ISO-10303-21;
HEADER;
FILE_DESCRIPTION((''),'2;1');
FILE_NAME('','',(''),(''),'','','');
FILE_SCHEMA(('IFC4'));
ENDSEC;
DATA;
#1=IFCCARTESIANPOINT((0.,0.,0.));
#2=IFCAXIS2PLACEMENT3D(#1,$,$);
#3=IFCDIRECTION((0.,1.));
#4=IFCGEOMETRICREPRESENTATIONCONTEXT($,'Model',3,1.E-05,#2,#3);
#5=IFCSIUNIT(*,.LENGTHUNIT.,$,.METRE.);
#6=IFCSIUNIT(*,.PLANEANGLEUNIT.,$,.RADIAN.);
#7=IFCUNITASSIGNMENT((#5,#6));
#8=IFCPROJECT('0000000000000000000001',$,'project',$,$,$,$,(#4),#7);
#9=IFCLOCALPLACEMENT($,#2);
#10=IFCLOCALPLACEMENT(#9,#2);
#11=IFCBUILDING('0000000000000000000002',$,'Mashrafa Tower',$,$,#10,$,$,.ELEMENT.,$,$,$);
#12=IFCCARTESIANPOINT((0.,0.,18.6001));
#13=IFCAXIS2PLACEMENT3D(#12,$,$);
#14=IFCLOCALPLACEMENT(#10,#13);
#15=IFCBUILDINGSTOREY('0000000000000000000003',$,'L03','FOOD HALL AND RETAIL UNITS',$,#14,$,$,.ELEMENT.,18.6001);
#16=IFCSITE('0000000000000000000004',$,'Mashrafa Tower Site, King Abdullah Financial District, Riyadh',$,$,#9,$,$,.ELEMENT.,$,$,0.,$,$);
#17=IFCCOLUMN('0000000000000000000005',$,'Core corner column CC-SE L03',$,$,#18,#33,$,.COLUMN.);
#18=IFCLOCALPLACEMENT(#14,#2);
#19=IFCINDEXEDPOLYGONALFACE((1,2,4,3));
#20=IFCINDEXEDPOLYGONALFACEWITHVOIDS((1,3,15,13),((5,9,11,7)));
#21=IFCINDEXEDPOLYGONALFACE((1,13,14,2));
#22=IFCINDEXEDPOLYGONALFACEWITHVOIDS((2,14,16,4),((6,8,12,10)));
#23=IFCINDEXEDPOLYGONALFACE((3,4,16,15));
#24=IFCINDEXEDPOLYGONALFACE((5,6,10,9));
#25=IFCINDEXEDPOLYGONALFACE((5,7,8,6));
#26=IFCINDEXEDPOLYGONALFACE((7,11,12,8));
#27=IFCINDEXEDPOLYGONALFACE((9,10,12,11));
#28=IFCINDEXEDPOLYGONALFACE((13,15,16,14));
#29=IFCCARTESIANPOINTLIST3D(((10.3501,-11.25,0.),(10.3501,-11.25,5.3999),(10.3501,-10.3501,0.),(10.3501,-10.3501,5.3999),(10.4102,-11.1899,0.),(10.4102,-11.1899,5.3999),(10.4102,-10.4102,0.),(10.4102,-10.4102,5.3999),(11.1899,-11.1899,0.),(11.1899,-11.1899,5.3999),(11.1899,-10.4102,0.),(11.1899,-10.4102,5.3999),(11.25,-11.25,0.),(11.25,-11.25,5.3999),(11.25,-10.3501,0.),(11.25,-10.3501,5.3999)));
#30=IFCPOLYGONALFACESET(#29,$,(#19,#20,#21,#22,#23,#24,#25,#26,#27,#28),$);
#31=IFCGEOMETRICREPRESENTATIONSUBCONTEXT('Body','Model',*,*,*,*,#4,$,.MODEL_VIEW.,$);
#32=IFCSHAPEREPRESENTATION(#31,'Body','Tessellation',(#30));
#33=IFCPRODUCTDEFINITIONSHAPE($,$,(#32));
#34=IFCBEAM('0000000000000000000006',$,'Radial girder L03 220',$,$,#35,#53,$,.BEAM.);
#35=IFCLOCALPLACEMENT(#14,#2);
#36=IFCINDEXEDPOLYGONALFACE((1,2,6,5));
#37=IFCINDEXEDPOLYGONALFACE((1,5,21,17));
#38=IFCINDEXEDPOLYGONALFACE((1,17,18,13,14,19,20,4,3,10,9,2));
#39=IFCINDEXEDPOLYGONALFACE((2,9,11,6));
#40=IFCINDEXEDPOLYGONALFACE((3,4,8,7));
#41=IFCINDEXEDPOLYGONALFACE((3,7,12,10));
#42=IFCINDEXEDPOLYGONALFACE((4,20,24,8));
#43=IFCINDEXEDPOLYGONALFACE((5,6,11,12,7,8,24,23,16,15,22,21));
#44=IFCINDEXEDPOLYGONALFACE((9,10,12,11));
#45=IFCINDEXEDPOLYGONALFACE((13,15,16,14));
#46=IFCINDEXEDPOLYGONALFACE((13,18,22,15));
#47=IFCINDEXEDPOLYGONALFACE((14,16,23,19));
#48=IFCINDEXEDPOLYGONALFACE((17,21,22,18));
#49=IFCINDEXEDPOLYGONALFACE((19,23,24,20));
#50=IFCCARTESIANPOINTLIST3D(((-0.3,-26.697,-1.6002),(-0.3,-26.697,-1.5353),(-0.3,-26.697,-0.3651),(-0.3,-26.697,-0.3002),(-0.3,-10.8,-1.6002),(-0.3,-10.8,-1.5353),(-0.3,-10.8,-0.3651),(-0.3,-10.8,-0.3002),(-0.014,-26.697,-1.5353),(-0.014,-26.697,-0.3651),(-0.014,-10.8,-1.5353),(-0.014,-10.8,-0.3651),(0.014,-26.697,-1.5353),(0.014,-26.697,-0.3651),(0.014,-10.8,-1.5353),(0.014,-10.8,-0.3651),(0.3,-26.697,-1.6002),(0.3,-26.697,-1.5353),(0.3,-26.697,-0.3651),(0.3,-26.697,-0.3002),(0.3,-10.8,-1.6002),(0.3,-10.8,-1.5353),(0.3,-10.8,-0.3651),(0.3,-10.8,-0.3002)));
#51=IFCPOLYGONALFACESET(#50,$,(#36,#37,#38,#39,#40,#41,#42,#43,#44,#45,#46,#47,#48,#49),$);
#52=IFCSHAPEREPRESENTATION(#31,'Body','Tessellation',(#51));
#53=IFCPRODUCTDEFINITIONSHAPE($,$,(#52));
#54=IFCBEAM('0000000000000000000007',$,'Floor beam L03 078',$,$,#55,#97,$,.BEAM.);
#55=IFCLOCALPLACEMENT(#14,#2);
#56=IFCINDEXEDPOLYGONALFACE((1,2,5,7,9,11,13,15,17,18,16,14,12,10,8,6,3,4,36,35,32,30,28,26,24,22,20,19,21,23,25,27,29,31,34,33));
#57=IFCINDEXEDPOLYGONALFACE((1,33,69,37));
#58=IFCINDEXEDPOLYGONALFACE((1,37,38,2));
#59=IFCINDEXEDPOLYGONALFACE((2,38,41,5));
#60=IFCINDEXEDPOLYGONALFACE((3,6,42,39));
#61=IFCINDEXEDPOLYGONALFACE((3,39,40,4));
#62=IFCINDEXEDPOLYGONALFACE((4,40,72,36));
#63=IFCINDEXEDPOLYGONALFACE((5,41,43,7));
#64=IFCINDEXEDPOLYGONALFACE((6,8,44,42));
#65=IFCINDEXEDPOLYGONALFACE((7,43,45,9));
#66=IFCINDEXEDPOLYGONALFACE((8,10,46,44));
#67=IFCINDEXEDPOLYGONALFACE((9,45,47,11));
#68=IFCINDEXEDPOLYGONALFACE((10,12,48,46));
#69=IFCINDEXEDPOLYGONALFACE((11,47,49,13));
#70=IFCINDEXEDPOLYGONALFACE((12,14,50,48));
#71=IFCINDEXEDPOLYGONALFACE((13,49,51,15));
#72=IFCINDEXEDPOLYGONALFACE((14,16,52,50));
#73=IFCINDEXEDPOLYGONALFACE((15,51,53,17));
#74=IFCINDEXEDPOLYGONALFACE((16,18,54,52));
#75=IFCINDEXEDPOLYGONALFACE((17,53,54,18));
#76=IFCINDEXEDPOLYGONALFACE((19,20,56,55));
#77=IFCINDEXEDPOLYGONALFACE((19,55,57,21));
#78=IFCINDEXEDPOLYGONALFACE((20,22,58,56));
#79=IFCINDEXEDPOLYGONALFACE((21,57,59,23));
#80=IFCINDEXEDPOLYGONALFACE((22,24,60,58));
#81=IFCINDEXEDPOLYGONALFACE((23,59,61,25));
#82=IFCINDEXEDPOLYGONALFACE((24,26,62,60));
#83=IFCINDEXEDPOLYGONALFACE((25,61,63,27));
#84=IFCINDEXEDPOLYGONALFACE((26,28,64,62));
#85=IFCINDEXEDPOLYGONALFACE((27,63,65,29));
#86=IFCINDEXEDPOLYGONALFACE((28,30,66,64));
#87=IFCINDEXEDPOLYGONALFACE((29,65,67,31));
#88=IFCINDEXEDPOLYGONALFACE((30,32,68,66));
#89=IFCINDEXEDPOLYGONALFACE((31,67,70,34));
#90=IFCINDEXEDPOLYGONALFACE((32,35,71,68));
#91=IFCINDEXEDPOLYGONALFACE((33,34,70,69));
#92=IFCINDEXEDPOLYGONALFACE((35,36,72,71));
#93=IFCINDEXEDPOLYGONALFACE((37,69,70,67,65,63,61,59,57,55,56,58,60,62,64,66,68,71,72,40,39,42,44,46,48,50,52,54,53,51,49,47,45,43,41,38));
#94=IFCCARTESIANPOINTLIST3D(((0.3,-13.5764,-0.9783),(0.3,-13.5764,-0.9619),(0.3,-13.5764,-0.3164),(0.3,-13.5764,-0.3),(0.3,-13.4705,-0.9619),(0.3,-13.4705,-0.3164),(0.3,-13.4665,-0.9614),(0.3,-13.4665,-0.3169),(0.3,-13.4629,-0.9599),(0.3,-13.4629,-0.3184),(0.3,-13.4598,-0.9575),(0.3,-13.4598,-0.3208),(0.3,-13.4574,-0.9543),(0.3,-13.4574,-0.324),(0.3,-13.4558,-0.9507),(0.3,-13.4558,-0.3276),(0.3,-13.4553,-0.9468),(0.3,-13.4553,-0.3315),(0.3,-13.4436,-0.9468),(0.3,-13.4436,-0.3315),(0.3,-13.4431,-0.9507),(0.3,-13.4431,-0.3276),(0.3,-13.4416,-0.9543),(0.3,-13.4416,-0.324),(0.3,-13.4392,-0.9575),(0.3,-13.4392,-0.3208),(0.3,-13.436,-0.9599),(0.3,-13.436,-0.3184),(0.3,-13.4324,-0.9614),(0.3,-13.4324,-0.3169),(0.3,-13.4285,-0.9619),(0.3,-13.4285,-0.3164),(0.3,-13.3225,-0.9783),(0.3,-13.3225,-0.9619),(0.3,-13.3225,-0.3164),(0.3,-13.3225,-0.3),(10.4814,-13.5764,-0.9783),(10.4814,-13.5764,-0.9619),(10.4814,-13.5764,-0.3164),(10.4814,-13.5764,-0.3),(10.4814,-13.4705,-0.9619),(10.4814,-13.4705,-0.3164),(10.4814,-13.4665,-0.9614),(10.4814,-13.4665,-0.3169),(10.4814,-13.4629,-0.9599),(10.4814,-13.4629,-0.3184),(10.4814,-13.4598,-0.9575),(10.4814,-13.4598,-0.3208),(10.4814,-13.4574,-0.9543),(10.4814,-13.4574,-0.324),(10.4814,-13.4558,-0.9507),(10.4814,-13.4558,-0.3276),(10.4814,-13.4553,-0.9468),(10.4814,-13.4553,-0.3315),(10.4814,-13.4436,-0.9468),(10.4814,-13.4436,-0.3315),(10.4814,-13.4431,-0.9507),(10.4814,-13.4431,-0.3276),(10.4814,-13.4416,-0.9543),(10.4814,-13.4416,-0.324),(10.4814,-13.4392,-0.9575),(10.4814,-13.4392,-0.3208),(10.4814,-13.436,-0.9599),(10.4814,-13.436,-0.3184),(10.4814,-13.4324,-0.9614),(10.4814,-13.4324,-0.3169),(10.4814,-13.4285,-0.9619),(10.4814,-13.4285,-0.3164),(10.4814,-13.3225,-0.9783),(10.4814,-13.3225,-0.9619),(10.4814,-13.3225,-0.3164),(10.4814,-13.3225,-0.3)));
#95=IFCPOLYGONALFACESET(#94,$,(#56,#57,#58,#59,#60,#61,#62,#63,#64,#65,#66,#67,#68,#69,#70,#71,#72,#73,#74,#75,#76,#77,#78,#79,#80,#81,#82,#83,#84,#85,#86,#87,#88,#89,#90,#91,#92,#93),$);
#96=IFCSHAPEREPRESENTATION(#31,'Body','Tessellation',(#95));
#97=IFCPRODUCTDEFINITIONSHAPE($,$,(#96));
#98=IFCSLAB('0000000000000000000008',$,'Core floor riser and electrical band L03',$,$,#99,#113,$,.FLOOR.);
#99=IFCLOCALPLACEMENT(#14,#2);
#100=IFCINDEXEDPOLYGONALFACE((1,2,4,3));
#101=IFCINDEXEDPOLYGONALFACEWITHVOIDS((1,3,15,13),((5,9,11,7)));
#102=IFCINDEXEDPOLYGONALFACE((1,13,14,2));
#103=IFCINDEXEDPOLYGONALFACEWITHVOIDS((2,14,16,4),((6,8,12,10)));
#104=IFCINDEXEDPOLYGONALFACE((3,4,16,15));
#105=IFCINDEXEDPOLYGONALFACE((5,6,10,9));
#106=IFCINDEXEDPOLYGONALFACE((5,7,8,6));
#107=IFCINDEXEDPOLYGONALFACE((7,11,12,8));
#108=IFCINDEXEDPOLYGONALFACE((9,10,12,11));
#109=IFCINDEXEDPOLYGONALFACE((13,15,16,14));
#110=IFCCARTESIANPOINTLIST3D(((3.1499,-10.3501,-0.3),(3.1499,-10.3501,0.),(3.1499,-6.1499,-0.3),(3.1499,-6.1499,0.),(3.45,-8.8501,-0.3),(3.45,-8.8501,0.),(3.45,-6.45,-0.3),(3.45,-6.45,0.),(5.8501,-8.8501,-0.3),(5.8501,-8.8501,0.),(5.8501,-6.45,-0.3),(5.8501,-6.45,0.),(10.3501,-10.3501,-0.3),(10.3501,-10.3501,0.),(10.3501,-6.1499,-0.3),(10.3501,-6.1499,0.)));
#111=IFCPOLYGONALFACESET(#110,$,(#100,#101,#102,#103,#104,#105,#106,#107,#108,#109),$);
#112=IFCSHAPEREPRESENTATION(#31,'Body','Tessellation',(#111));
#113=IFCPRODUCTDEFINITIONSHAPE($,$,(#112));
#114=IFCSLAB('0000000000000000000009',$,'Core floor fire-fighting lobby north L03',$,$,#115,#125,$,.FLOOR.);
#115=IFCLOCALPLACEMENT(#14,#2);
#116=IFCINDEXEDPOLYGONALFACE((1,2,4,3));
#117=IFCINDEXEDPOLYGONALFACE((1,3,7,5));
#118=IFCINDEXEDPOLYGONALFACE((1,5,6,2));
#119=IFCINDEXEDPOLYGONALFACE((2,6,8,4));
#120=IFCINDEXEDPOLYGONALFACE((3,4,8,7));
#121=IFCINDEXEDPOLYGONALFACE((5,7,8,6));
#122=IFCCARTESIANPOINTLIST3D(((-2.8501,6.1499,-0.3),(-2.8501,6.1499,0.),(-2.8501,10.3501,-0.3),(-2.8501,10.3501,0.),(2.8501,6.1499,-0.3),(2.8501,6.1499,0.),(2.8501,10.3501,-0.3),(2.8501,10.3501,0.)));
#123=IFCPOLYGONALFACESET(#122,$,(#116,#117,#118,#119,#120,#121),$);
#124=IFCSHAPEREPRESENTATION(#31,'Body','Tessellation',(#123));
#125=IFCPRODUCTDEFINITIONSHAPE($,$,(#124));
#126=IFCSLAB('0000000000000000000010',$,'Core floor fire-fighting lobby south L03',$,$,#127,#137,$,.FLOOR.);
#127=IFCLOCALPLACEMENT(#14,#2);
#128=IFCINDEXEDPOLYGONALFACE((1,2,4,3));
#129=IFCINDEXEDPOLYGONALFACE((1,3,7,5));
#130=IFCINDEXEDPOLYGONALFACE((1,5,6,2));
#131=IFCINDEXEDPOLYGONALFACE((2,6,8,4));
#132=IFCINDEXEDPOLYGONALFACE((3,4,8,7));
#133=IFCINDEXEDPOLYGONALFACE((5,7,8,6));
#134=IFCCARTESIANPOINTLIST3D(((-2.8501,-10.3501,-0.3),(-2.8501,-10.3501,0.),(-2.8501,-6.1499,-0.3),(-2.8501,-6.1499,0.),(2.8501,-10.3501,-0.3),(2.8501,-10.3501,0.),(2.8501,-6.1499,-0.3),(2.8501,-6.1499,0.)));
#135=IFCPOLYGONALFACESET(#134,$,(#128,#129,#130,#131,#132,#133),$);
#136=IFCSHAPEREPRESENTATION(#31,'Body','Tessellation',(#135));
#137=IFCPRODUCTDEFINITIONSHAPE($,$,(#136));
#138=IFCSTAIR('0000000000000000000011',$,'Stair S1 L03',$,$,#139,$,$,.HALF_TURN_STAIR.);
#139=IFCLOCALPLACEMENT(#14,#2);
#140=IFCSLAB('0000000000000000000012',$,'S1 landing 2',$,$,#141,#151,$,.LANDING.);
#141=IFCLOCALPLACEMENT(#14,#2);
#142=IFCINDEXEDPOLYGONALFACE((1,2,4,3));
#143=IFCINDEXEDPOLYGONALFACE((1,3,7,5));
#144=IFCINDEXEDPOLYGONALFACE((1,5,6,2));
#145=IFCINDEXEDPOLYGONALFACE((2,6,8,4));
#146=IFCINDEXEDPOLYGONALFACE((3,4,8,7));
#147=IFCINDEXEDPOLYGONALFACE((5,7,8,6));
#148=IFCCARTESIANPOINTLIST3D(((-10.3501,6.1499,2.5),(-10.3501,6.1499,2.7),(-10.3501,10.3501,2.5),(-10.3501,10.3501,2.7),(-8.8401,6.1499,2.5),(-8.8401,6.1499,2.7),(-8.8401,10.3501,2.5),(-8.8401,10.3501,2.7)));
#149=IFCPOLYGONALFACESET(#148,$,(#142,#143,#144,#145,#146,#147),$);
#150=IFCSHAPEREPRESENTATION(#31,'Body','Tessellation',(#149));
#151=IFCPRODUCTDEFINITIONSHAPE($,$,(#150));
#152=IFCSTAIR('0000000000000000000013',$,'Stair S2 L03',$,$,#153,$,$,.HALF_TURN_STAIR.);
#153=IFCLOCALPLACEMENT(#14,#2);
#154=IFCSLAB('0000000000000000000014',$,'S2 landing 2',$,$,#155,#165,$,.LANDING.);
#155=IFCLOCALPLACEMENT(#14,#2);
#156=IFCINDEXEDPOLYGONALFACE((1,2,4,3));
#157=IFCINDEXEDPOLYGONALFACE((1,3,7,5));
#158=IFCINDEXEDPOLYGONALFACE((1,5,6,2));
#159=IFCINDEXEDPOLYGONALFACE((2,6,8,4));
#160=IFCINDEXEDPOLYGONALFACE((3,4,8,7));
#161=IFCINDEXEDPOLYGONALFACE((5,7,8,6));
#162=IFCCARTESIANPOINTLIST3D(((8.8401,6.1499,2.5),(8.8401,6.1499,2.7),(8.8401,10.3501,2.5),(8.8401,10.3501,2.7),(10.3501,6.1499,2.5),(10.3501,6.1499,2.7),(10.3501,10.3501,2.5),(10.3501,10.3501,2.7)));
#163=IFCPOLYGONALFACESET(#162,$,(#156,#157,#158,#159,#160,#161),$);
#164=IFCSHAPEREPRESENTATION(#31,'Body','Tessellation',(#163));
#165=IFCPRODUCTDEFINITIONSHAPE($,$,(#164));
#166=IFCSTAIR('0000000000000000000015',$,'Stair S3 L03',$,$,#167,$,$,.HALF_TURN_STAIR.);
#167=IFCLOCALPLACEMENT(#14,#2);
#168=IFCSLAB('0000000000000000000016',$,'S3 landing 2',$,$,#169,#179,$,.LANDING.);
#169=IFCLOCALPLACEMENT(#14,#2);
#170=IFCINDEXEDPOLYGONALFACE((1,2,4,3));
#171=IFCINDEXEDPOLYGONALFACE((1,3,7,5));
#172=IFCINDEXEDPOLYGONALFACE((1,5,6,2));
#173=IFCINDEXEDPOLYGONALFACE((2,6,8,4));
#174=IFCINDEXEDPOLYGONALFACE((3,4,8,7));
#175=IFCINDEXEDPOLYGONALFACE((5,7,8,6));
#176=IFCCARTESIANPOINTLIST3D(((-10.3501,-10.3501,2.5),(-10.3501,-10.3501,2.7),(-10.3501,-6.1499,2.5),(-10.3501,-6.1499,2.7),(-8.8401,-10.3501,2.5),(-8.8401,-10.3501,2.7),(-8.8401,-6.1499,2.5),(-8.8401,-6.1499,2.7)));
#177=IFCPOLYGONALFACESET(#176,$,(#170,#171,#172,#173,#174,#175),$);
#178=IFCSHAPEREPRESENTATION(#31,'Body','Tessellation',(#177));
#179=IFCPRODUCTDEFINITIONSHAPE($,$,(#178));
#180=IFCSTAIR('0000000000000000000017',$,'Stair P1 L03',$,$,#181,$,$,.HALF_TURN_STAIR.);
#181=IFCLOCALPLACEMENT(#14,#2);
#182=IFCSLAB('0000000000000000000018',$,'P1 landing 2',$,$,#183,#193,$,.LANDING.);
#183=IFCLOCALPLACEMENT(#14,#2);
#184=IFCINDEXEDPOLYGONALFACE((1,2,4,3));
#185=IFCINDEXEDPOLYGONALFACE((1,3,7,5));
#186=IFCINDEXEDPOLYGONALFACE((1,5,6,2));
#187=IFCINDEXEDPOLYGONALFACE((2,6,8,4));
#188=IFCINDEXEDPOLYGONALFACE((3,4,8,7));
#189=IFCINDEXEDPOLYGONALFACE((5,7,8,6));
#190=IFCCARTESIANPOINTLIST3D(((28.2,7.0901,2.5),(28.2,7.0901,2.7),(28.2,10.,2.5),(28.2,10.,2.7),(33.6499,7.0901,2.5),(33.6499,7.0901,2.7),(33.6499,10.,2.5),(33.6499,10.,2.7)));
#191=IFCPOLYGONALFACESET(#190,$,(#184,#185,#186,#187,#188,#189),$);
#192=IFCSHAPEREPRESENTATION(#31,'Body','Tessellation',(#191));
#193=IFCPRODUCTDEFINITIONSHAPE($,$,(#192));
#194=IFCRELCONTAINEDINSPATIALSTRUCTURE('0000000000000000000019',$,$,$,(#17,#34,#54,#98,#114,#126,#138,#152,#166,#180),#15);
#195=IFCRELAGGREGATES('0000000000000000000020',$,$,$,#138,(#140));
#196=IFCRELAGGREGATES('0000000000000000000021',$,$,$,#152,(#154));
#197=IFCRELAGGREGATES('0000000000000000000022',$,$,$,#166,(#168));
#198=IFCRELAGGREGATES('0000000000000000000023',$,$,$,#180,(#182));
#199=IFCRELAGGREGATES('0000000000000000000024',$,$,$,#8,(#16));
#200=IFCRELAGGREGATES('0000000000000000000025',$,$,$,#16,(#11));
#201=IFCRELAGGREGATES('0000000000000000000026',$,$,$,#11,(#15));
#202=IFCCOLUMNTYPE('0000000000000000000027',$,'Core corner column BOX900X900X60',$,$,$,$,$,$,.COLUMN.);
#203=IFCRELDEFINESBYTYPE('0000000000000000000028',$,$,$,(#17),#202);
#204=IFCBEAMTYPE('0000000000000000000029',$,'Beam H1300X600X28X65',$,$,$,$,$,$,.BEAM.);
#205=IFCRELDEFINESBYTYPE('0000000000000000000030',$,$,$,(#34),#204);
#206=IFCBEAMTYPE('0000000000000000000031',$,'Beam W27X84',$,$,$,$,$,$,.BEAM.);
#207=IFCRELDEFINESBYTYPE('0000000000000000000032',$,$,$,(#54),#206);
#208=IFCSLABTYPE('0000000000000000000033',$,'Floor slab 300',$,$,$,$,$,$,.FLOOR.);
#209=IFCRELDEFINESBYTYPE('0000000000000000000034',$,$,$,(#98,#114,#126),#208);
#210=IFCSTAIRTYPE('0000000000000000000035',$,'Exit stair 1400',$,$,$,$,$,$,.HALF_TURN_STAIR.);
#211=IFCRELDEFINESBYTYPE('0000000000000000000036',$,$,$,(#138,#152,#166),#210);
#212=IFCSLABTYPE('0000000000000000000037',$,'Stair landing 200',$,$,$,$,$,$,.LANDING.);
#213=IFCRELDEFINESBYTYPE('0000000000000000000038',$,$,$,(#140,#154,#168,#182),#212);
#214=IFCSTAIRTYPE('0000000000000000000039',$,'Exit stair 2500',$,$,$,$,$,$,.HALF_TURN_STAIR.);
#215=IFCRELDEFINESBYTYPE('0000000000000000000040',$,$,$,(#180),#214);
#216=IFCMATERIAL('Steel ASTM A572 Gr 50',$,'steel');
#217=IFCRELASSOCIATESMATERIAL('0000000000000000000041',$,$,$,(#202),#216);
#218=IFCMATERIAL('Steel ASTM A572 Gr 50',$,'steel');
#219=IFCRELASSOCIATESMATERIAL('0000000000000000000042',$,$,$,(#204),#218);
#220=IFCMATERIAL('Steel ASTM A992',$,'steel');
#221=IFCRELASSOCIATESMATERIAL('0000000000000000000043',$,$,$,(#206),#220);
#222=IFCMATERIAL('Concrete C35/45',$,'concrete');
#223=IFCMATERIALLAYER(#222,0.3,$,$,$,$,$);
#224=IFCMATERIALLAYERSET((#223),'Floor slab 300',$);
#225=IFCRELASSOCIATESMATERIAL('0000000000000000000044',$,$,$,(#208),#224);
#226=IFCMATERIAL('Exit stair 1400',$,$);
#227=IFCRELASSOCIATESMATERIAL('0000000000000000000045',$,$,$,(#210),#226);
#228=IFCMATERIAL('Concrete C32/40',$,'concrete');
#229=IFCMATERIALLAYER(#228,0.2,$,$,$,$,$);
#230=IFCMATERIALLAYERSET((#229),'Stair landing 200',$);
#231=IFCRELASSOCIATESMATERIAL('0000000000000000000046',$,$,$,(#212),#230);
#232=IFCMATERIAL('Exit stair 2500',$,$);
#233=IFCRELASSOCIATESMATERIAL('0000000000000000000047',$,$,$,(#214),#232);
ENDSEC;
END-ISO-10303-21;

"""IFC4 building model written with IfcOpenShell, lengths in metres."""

from ifc_helpers import new_model, si_unit, direction, frame, origin, origin_2d, place, context, subcontext, project, spatial, polyline, hollow_rectangle, i_section, outline, extrude, material, layer, layer_set, material_profile, profile_set, type_object, element, aggregate, save


model = new_model("IFC4")

# Units and contexts
model_context = context("Model", 3, precision=1e-05, world=origin(), true_north=direction((0.0, 1.0)))
body_context = subcontext(model_context, "Body", "Model", "MODEL_VIEW")
ifc_project = project(units=[si_unit("LENGTHUNIT", "METRE"), si_unit("PLANEANGLEUNIT", "RADIAN")], contexts=[model_context])

# Site, building, storey
site_placement = place(None, origin())
site = spatial("IfcSite", under=ifc_project, at=site_placement, Name="Mashrafa Tower Site, King Abdullah Financial District, Riyadh", CompositionType="ELEMENT", RefElevation=0.0)
building_placement = place(site_placement, origin())
building = spatial("IfcBuilding", under=site, at=building_placement, Name="Mashrafa Tower", CompositionType="ELEMENT")
storey_placement = place(building_placement, frame((0.0, 0.0, 18.6001)))
storey = spatial("IfcBuildingStorey", under=building, at=storey_placement, Name="L03", Description="FOOD HALL AND RETAIL UNITS", CompositionType="ELEMENT", Elevation=18.6001)

# Column
ifc_material_1 = material(Name="Steel ASTM A572 Gr 50", Category="steel")
ifc_material_profile_1 = material_profile(ifc_material_1, hollow_rectangle(XDim=0.8999, YDim=0.8999, WallThickness=0.0601, at=origin_2d()), Name="BOX900X900X60")
ifc_profile_set_1 = profile_set([ifc_material_profile_1], Name="Steel ASTM A572 Gr 50")
column_type = type_object("IfcColumnType", Name="Core corner column BOX900X900X60", PredefinedType="COLUMN", material=ifc_profile_set_1)
column_placement = place(storey_placement, frame((10.8, -10.8, 0.0), z_axis=(0.0, 0.0, 1.0), x_axis=(1.0, 0.0, 0.0)))
element("IfcColumn", 1, at=column_placement, inside=storey, type_object=column_type, Name="Core corner column CC-SE L03", PredefinedType="COLUMN", context=body_context, shape_type="SweptSolid", body=[
    extrude(hollow_rectangle(XDim=0.8999, YDim=0.8999, WallThickness=0.0601, at=origin_2d()), origin(), (0.0, 0.0, 1.0), 5.3999),
])

# Beams
ifc_material_2 = material(Name="Steel ASTM A572 Gr 50", Category="steel")
ifc_material_profile_2 = material_profile(ifc_material_2, i_section(OverallWidth=0.6001, OverallDepth=1.3, WebThickness=0.0281, FlangeThickness=0.0649, at=origin_2d()), Name="H1300X600X28X65")
ifc_profile_set_2 = profile_set([ifc_material_profile_2], Name="Steel ASTM A572 Gr 50")
beam_type_1 = type_object("IfcBeamType", Name="Beam H1300X600X28X65", PredefinedType="BEAM", material=ifc_profile_set_2)
beam_1_placement = place(storey_placement, frame((0.0, -10.8, -0.9502), z_axis=(0.0, -1.0, 0.0), x_axis=(1.0, 0.0, 0.0)))
element("IfcBeam", 2, at=beam_1_placement, inside=storey, type_object=beam_type_1, Name="Radial girder L03 220", PredefinedType="BEAM", context=body_context, shape_type="SweptSolid", body=[
    extrude(i_section(OverallWidth=0.6001, OverallDepth=1.3, WebThickness=0.0281, FlangeThickness=0.0649, at=origin_2d()), origin(), (0.0, 0.0, 1.0), 15.897),
])
ifc_material_3 = material(Name="Steel ASTM A992", Category="steel")
ifc_material_profile_3 = material_profile(ifc_material_3, i_section(OverallWidth=0.2539, OverallDepth=0.6782, WebThickness=0.0117, FlangeThickness=0.0164, FilletRadius=0.0151, at=origin_2d()), Name="W27X84")
ifc_profile_set_3 = profile_set([ifc_material_profile_3], Name="Steel ASTM A992")
beam_type_2 = type_object("IfcBeamType", Name="Beam W27X84", PredefinedType="BEAM", material=ifc_profile_set_3)
beam_2_placement = place(storey_placement, frame((10.4814, -13.4495, -0.6392), z_axis=(-1.0, 0.0, 0.0), x_axis=(0.0, -1.0, 0.0)))
element("IfcBeam", 3, at=beam_2_placement, inside=storey, type_object=beam_type_2, Name="Floor beam L03 078", PredefinedType="BEAM", context=body_context, shape_type="SweptSolid", body=[
    extrude(i_section(OverallWidth=0.2539, OverallDepth=0.6782, WebThickness=0.0117, FlangeThickness=0.0164, FilletRadius=0.0151, at=origin_2d()), origin(), (0.0, 0.0, 1.0), 10.1814),
])

# Slabs
ifc_material_4 = material(Name="Concrete C35/45", Category="concrete")
ifc_layer_1 = layer(ifc_material_4, 0.3)
ifc_layer_set_1 = layer_set([ifc_layer_1], Name="Floor slab 300")
slab_type_1 = type_object("IfcSlabType", Name="Floor slab 300", PredefinedType="FLOOR", material=ifc_layer_set_1)
slab_1_placement = place(storey_placement, frame((0.0, 0.0, -0.3)))
element("IfcSlab", 4, at=slab_1_placement, inside=storey, type_object=slab_type_1, Name="Core floor riser and electrical band L03", PredefinedType="FLOOR", context=body_context, shape_type="SweptSolid", body=[
    extrude(outline(polyline([(10.3501, -6.1499), (10.3501, -10.3501), (3.1499, -10.3501), (3.1499, -6.1499), (10.3501, -6.1499)]), holes=[polyline([(3.45, -8.8501), (5.8501, -8.8501), (5.8501, -6.45), (3.45, -6.45), (3.45, -8.8501)])]), origin(), (0.0, 0.0, 1.0), 0.3),
])
slab_2_placement = place(storey_placement, frame((0.0, 0.0, -0.3)))
element("IfcSlab", 5, at=slab_2_placement, inside=storey, type_object=slab_type_1, Name="Core floor fire-fighting lobby north L03", PredefinedType="FLOOR", context=body_context, shape_type="SweptSolid", body=[
    extrude(outline(polyline([(-2.8501, 10.3501), (2.8501, 10.3501), (2.8501, 6.1499), (-2.8501, 6.1499), (-2.8501, 10.3501)])), origin(), (0.0, 0.0, 1.0), 0.3),
])
slab_3_placement = place(storey_placement, frame((0.0, 0.0, -0.3)))
element("IfcSlab", 6, at=slab_3_placement, inside=storey, type_object=slab_type_1, Name="Core floor fire-fighting lobby south L03", PredefinedType="FLOOR", context=body_context, shape_type="SweptSolid", body=[
    extrude(outline(polyline([(2.8501, -6.1499), (2.8501, -10.3501), (-2.8501, -10.3501), (-2.8501, -6.1499), (2.8501, -6.1499)])), origin(), (0.0, 0.0, 1.0), 0.3),
])

# Stairs, slabs
ifc_material_5 = material(Name="Exit stair 1400")
stair_type_1 = type_object("IfcStairType", Name="Exit stair 1400", PredefinedType="HALF_TURN_STAIR", material=ifc_material_5)
stair_1_placement = place(storey_placement, origin())
stair_1 = element("IfcStair", 7, at=stair_1_placement, inside=storey, type_object=stair_type_1, Name="Stair S1 L03", PredefinedType="HALF_TURN_STAIR")
ifc_material_6 = material(Name="Concrete C32/40", Category="concrete")
ifc_layer_2 = layer(ifc_material_6, 0.2)
ifc_layer_set_2 = layer_set([ifc_layer_2], Name="Stair landing 200")
slab_type_2 = type_object("IfcSlabType", Name="Stair landing 200", PredefinedType="LANDING", material=ifc_layer_set_2)
slab_4_placement = place(storey_placement, frame((0.0, 0.0, 2.5)))
slab_4 = element("IfcSlab", 8, at=slab_4_placement, type_object=slab_type_2, Name="S1 landing 2", PredefinedType="LANDING", context=body_context, shape_type="SweptSolid", body=[
    extrude(outline(polyline([(-10.3501, 6.1499), (-8.8401, 6.1499), (-8.8401, 10.3501), (-10.3501, 10.3501), (-10.3501, 6.1499)])), origin(), (0.0, 0.0, 1.0), 0.2),
])
stair_2_placement = place(storey_placement, origin())
stair_2 = element("IfcStair", 9, at=stair_2_placement, inside=storey, type_object=stair_type_1, Name="Stair S2 L03", PredefinedType="HALF_TURN_STAIR")
slab_5_placement = place(storey_placement, frame((0.0, 0.0, 2.5)))
slab_5 = element("IfcSlab", 10, at=slab_5_placement, type_object=slab_type_2, Name="S2 landing 2", PredefinedType="LANDING", context=body_context, shape_type="SweptSolid", body=[
    extrude(outline(polyline([(8.8401, 6.1499), (10.3501, 6.1499), (10.3501, 10.3501), (8.8401, 10.3501), (8.8401, 6.1499)])), origin(), (0.0, 0.0, 1.0), 0.2),
])
stair_3_placement = place(storey_placement, origin())
stair_3 = element("IfcStair", 11, at=stair_3_placement, inside=storey, type_object=stair_type_1, Name="Stair S3 L03", PredefinedType="HALF_TURN_STAIR")
slab_6_placement = place(storey_placement, frame((0.0, 0.0, 2.5)))
slab_6 = element("IfcSlab", 12, at=slab_6_placement, type_object=slab_type_2, Name="S3 landing 2", PredefinedType="LANDING", context=body_context, shape_type="SweptSolid", body=[
    extrude(outline(polyline([(-10.3501, -10.3501), (-8.8401, -10.3501), (-8.8401, -6.1499), (-10.3501, -6.1499), (-10.3501, -10.3501)])), origin(), (0.0, 0.0, 1.0), 0.2),
])
ifc_material_7 = material(Name="Exit stair 2500")
stair_type_2 = type_object("IfcStairType", Name="Exit stair 2500", PredefinedType="HALF_TURN_STAIR", material=ifc_material_7)
stair_4_placement = place(storey_placement, origin())
stair_4 = element("IfcStair", 13, at=stair_4_placement, inside=storey, type_object=stair_type_2, Name="Stair P1 L03", PredefinedType="HALF_TURN_STAIR")
slab_7_placement = place(storey_placement, frame((0.0, 0.0, 2.5)))
slab_7 = element("IfcSlab", 14, at=slab_7_placement, type_object=slab_type_2, Name="P1 landing 2", PredefinedType="LANDING", context=body_context, shape_type="SweptSolid", body=[
    extrude(outline(polyline([(33.6499, 7.0901), (33.6499, 10.0), (28.2, 10.0), (28.2, 7.0901), (33.6499, 7.0901)])), origin(), (0.0, 0.0, 1.0), 0.2),
])

aggregate(stair_1, [slab_4])
aggregate(stair_2, [slab_5])
aggregate(stair_3, [slab_6])
aggregate(stair_4, [slab_7])

save(model, "model.ifc")
